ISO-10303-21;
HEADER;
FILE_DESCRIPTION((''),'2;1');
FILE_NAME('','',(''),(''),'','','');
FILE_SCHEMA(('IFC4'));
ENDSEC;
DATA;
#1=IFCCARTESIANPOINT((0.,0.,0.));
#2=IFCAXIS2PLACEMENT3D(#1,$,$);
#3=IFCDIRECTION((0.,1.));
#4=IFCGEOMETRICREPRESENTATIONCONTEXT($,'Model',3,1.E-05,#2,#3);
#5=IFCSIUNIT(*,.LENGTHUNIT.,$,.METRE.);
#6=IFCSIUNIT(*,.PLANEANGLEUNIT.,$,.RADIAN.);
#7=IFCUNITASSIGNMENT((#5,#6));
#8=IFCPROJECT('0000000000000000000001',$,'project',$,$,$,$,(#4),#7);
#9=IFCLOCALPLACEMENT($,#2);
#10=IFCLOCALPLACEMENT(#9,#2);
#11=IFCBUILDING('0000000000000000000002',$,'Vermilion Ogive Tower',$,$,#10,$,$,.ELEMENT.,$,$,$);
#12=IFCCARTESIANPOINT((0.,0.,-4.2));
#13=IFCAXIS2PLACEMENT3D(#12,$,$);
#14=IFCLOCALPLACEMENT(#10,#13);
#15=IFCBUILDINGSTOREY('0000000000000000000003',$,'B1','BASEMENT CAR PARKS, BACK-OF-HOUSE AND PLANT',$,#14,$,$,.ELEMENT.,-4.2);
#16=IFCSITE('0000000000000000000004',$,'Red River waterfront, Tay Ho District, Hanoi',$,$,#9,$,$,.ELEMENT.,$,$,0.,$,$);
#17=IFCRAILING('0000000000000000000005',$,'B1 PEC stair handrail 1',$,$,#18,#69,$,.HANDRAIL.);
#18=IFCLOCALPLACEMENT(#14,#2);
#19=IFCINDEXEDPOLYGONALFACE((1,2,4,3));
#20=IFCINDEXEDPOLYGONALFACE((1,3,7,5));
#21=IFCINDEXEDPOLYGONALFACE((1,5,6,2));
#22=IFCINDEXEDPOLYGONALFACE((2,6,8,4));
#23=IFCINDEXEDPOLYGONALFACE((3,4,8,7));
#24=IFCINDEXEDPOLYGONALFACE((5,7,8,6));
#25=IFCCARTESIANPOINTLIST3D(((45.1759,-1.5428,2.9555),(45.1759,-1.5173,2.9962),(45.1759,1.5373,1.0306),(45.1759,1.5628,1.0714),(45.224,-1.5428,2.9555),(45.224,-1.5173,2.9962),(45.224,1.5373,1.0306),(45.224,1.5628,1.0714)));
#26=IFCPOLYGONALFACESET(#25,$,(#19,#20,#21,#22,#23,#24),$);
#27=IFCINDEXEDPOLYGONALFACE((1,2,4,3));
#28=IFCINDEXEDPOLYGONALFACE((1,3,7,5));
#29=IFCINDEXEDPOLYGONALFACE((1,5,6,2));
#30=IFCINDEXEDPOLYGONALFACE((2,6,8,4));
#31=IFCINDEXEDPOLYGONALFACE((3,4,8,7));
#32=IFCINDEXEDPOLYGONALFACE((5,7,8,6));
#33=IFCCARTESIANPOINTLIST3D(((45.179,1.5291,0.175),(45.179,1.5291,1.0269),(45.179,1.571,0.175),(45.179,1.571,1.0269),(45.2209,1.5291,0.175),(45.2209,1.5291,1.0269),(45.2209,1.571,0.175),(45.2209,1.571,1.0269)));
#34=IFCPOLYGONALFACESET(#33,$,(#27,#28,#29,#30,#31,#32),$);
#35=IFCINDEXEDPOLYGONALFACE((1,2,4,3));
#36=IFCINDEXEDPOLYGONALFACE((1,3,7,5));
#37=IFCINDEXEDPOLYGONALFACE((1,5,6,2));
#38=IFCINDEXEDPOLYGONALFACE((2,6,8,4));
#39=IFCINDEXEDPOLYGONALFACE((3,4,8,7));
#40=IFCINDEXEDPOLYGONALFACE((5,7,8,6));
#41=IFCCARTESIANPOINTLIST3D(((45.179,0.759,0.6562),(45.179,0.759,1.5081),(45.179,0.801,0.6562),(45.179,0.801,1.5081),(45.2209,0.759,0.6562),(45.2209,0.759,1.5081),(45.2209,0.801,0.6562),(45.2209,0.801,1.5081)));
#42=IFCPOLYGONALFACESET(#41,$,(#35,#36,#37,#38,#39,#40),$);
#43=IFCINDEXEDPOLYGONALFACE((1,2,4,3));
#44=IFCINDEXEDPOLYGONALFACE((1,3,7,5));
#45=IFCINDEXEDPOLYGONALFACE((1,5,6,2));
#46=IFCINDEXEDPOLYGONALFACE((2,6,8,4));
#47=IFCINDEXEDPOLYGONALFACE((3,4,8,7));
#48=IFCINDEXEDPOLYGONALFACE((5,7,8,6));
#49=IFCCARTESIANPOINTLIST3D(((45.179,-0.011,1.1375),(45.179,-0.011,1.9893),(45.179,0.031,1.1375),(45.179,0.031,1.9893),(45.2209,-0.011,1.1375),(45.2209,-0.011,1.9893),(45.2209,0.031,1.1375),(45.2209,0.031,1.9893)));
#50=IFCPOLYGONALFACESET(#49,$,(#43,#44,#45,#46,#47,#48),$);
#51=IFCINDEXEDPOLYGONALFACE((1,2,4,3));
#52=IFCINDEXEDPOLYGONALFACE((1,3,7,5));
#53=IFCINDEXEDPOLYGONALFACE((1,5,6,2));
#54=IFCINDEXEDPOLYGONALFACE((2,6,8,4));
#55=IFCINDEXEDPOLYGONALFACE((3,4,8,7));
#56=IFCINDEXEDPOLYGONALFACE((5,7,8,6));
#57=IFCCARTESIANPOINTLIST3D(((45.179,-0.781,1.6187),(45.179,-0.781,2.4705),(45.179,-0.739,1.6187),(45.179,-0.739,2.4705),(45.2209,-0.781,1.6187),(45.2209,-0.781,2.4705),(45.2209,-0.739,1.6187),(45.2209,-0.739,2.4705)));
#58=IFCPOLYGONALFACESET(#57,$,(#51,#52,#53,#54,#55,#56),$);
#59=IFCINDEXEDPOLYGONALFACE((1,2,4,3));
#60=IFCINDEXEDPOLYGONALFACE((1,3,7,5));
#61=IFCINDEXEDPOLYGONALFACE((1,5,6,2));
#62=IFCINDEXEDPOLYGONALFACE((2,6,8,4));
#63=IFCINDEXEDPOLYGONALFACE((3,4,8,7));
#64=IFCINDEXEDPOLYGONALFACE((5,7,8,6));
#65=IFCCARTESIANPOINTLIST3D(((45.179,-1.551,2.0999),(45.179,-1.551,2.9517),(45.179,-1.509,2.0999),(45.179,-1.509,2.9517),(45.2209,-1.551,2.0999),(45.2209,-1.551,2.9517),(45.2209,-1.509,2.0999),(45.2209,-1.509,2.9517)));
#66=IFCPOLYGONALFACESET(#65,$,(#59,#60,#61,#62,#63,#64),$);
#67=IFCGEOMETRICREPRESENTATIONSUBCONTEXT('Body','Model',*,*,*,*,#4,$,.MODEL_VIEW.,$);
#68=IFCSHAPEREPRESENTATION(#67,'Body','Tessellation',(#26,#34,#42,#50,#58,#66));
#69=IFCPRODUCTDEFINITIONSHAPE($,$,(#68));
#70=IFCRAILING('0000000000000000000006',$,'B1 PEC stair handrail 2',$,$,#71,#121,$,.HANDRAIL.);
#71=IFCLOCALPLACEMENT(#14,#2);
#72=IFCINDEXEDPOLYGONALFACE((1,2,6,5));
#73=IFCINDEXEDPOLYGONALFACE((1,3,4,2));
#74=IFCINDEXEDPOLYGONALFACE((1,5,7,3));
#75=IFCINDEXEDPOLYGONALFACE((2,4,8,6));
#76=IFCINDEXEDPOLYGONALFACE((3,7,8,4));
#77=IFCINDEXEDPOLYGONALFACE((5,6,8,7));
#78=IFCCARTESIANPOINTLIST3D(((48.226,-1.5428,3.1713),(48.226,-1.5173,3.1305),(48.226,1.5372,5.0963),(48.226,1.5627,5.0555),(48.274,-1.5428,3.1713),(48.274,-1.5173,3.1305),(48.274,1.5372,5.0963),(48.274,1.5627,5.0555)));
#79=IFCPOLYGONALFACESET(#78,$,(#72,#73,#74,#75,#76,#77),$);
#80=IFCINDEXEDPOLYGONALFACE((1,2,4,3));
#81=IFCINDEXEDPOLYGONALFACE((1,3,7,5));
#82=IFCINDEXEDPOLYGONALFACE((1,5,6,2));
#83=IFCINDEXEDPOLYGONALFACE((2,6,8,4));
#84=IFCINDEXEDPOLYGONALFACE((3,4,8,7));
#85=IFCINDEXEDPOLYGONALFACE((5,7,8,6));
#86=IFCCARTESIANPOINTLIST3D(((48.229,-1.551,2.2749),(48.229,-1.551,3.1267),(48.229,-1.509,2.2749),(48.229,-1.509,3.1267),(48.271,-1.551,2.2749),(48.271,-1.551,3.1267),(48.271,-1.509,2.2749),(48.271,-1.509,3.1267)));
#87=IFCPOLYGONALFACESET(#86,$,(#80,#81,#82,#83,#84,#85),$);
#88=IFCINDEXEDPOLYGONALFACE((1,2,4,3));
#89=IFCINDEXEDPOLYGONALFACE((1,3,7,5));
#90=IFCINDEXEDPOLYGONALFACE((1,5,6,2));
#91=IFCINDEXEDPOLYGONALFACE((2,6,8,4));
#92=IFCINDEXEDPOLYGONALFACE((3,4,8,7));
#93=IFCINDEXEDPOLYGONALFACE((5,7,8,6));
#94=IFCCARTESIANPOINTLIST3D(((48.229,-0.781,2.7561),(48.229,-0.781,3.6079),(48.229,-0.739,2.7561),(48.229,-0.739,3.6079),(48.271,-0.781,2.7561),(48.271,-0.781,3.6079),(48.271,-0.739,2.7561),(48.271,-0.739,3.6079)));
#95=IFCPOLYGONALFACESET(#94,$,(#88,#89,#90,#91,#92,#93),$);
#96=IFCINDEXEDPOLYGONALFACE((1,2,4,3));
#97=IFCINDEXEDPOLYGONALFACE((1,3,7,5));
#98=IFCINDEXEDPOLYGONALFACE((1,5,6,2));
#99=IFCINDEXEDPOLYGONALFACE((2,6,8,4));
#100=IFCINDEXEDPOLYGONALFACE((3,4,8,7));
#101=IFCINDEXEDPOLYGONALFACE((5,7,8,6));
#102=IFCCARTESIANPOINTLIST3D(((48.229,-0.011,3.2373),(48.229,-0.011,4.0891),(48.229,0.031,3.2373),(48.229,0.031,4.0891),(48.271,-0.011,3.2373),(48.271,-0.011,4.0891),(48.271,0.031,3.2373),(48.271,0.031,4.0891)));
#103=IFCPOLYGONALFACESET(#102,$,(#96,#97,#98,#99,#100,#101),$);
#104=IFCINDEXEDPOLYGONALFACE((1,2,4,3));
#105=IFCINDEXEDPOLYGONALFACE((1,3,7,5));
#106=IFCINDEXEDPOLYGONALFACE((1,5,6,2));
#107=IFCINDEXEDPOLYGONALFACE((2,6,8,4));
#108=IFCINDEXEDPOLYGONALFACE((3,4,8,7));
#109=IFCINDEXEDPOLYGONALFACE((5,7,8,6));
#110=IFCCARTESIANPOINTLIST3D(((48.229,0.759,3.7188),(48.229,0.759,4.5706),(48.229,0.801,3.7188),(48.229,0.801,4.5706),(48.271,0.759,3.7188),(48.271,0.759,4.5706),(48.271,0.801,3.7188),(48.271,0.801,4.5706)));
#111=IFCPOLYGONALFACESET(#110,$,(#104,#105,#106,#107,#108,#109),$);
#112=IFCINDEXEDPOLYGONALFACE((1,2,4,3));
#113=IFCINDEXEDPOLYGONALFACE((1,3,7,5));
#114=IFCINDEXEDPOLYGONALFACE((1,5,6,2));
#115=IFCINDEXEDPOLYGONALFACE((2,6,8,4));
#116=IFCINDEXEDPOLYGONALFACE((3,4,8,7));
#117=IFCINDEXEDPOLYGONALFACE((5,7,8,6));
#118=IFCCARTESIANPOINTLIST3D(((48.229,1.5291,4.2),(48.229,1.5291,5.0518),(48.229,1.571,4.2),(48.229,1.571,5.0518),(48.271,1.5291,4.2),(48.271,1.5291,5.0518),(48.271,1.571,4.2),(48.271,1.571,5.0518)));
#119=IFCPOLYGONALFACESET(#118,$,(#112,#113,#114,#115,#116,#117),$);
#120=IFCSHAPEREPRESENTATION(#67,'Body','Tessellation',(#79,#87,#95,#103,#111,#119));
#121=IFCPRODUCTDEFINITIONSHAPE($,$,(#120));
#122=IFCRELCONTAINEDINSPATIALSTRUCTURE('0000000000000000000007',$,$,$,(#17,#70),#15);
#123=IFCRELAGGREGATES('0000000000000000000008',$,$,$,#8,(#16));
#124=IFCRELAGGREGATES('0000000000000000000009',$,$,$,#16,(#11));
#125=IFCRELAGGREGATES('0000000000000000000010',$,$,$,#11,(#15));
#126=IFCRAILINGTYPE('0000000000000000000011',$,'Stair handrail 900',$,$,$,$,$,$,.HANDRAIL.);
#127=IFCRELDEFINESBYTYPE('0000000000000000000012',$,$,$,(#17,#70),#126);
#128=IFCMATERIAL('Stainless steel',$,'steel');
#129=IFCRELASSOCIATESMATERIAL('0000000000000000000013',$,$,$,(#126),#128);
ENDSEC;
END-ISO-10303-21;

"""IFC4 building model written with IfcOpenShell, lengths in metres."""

from ifc_helpers import new_model, si_unit, direction, frame, origin, origin_2d, place, context, subcontext, project, spatial, rectangle, extrude, material, type_object, element, save


model = new_model("IFC4")

# Units and contexts
model_context = context("Model", 3, precision=1e-05, world=origin(), true_north=direction((0.0, 1.0)))
body_context = subcontext(model_context, "Body", "Model", "MODEL_VIEW")
ifc_project = project(units=[si_unit("LENGTHUNIT", "METRE"), si_unit("PLANEANGLEUNIT", "RADIAN")], contexts=[model_context])

# Site, building, storey
site_placement = place(None, origin())
site = spatial("IfcSite", under=ifc_project, at=site_placement, Name="Red River waterfront, Tay Ho District, Hanoi", CompositionType="ELEMENT", RefElevation=0.0)
building_placement = place(site_placement, origin())
building = spatial("IfcBuilding", under=site, at=building_placement, Name="Vermilion Ogive Tower", CompositionType="ELEMENT")
storey_placement = place(building_placement, frame((0.0, 0.0, -4.2)))
storey = spatial("IfcBuildingStorey", under=building, at=storey_placement, Name="B1", Description="BASEMENT CAR PARKS, BACK-OF-HOUSE AND PLANT", CompositionType="ELEMENT", Elevation=-4.2)

# Railings
ifc_material_1 = material(Name="Stainless steel", Category="steel")
railing_type_1 = type_object("IfcRailingType", Name="Stair handrail 900", PredefinedType="HANDRAIL", material=ifc_material_1)
railing_1_placement = place(storey_placement, frame((45.2, 1.55, 0.175)))
element("IfcRailing", 1, at=railing_1_placement, inside=storey, type_object=railing_type_1, Name="B1 PEC stair handrail 1", PredefinedType="HANDRAIL", context=body_context, shape_type="SweptSolid", body=[
    extrude(rectangle(XDim=0.0481, YDim=0.0481, at=origin_2d()), frame((0.0, 0.0, 0.876), z_axis=(0.0, -0.848029, 0.529951), x_axis=(1.0, 0.0, 0.0)), (0.0, 0.0, 1.0), 3.6321),
    extrude(rectangle(XDim=0.042, YDim=0.042, at=origin_2d()), origin(), (0.0, 0.0, 1.0), 0.8518),
    extrude(rectangle(XDim=0.042, YDim=0.042, at=origin_2d()), frame((0.0, -0.77, 0.4812)), (0.0, 0.0, 1.0), 0.8518),
    extrude(rectangle(XDim=0.042, YDim=0.042, at=origin_2d()), frame((0.0, -1.54, 0.9624)), (0.0, 0.0, 1.0), 0.8518),
    extrude(rectangle(XDim=0.042, YDim=0.042, at=origin_2d()), frame((0.0, -2.3101, 1.4436)), (0.0, 0.0, 1.0), 0.8518),
    extrude(rectangle(XDim=0.042, YDim=0.042, at=origin_2d()), frame((0.0, -3.0801, 1.9248)), (0.0, 0.0, 1.0), 0.8518),
])
railing_2_placement = place(storey_placement, frame((48.25, -1.53, 2.2749)))
element("IfcRailing", 2, at=railing_2_placement, inside=storey, type_object=railing_type_1, Name="B1 PEC stair handrail 2", PredefinedType="HANDRAIL", context=body_context, shape_type="SweptSolid", body=[
    extrude(rectangle(XDim=0.0481, YDim=0.0481, at=origin_2d()), frame((0.0, 0.0, 0.876), z_axis=(0.0, 0.847998, 0.529999), x_axis=(-1.0, 0.0, 0.0)), (0.0, 0.0, 1.0), 3.6321),
    extrude(rectangle(XDim=0.042, YDim=0.042, at=origin_2d()), origin(), (0.0, 0.0, 1.0), 0.8518),
    extrude(rectangle(XDim=0.042, YDim=0.042, at=origin_2d()), frame((0.0, 0.77, 0.4812)), (0.0, 0.0, 1.0), 0.8518),
    extrude(rectangle(XDim=0.042, YDim=0.042, at=origin_2d()), frame((0.0, 1.54, 0.9624)), (0.0, 0.0, 1.0), 0.8518),
    extrude(rectangle(XDim=0.042, YDim=0.042, at=origin_2d()), frame((0.0, 2.3101, 1.4438)), (0.0, 0.0, 1.0), 0.8518),
    extrude(rectangle(XDim=0.042, YDim=0.042, at=origin_2d()), frame((0.0, 3.0801, 1.925)), (0.0, 0.0, 1.0), 0.8518),
])

save(model, "model.ifc")
